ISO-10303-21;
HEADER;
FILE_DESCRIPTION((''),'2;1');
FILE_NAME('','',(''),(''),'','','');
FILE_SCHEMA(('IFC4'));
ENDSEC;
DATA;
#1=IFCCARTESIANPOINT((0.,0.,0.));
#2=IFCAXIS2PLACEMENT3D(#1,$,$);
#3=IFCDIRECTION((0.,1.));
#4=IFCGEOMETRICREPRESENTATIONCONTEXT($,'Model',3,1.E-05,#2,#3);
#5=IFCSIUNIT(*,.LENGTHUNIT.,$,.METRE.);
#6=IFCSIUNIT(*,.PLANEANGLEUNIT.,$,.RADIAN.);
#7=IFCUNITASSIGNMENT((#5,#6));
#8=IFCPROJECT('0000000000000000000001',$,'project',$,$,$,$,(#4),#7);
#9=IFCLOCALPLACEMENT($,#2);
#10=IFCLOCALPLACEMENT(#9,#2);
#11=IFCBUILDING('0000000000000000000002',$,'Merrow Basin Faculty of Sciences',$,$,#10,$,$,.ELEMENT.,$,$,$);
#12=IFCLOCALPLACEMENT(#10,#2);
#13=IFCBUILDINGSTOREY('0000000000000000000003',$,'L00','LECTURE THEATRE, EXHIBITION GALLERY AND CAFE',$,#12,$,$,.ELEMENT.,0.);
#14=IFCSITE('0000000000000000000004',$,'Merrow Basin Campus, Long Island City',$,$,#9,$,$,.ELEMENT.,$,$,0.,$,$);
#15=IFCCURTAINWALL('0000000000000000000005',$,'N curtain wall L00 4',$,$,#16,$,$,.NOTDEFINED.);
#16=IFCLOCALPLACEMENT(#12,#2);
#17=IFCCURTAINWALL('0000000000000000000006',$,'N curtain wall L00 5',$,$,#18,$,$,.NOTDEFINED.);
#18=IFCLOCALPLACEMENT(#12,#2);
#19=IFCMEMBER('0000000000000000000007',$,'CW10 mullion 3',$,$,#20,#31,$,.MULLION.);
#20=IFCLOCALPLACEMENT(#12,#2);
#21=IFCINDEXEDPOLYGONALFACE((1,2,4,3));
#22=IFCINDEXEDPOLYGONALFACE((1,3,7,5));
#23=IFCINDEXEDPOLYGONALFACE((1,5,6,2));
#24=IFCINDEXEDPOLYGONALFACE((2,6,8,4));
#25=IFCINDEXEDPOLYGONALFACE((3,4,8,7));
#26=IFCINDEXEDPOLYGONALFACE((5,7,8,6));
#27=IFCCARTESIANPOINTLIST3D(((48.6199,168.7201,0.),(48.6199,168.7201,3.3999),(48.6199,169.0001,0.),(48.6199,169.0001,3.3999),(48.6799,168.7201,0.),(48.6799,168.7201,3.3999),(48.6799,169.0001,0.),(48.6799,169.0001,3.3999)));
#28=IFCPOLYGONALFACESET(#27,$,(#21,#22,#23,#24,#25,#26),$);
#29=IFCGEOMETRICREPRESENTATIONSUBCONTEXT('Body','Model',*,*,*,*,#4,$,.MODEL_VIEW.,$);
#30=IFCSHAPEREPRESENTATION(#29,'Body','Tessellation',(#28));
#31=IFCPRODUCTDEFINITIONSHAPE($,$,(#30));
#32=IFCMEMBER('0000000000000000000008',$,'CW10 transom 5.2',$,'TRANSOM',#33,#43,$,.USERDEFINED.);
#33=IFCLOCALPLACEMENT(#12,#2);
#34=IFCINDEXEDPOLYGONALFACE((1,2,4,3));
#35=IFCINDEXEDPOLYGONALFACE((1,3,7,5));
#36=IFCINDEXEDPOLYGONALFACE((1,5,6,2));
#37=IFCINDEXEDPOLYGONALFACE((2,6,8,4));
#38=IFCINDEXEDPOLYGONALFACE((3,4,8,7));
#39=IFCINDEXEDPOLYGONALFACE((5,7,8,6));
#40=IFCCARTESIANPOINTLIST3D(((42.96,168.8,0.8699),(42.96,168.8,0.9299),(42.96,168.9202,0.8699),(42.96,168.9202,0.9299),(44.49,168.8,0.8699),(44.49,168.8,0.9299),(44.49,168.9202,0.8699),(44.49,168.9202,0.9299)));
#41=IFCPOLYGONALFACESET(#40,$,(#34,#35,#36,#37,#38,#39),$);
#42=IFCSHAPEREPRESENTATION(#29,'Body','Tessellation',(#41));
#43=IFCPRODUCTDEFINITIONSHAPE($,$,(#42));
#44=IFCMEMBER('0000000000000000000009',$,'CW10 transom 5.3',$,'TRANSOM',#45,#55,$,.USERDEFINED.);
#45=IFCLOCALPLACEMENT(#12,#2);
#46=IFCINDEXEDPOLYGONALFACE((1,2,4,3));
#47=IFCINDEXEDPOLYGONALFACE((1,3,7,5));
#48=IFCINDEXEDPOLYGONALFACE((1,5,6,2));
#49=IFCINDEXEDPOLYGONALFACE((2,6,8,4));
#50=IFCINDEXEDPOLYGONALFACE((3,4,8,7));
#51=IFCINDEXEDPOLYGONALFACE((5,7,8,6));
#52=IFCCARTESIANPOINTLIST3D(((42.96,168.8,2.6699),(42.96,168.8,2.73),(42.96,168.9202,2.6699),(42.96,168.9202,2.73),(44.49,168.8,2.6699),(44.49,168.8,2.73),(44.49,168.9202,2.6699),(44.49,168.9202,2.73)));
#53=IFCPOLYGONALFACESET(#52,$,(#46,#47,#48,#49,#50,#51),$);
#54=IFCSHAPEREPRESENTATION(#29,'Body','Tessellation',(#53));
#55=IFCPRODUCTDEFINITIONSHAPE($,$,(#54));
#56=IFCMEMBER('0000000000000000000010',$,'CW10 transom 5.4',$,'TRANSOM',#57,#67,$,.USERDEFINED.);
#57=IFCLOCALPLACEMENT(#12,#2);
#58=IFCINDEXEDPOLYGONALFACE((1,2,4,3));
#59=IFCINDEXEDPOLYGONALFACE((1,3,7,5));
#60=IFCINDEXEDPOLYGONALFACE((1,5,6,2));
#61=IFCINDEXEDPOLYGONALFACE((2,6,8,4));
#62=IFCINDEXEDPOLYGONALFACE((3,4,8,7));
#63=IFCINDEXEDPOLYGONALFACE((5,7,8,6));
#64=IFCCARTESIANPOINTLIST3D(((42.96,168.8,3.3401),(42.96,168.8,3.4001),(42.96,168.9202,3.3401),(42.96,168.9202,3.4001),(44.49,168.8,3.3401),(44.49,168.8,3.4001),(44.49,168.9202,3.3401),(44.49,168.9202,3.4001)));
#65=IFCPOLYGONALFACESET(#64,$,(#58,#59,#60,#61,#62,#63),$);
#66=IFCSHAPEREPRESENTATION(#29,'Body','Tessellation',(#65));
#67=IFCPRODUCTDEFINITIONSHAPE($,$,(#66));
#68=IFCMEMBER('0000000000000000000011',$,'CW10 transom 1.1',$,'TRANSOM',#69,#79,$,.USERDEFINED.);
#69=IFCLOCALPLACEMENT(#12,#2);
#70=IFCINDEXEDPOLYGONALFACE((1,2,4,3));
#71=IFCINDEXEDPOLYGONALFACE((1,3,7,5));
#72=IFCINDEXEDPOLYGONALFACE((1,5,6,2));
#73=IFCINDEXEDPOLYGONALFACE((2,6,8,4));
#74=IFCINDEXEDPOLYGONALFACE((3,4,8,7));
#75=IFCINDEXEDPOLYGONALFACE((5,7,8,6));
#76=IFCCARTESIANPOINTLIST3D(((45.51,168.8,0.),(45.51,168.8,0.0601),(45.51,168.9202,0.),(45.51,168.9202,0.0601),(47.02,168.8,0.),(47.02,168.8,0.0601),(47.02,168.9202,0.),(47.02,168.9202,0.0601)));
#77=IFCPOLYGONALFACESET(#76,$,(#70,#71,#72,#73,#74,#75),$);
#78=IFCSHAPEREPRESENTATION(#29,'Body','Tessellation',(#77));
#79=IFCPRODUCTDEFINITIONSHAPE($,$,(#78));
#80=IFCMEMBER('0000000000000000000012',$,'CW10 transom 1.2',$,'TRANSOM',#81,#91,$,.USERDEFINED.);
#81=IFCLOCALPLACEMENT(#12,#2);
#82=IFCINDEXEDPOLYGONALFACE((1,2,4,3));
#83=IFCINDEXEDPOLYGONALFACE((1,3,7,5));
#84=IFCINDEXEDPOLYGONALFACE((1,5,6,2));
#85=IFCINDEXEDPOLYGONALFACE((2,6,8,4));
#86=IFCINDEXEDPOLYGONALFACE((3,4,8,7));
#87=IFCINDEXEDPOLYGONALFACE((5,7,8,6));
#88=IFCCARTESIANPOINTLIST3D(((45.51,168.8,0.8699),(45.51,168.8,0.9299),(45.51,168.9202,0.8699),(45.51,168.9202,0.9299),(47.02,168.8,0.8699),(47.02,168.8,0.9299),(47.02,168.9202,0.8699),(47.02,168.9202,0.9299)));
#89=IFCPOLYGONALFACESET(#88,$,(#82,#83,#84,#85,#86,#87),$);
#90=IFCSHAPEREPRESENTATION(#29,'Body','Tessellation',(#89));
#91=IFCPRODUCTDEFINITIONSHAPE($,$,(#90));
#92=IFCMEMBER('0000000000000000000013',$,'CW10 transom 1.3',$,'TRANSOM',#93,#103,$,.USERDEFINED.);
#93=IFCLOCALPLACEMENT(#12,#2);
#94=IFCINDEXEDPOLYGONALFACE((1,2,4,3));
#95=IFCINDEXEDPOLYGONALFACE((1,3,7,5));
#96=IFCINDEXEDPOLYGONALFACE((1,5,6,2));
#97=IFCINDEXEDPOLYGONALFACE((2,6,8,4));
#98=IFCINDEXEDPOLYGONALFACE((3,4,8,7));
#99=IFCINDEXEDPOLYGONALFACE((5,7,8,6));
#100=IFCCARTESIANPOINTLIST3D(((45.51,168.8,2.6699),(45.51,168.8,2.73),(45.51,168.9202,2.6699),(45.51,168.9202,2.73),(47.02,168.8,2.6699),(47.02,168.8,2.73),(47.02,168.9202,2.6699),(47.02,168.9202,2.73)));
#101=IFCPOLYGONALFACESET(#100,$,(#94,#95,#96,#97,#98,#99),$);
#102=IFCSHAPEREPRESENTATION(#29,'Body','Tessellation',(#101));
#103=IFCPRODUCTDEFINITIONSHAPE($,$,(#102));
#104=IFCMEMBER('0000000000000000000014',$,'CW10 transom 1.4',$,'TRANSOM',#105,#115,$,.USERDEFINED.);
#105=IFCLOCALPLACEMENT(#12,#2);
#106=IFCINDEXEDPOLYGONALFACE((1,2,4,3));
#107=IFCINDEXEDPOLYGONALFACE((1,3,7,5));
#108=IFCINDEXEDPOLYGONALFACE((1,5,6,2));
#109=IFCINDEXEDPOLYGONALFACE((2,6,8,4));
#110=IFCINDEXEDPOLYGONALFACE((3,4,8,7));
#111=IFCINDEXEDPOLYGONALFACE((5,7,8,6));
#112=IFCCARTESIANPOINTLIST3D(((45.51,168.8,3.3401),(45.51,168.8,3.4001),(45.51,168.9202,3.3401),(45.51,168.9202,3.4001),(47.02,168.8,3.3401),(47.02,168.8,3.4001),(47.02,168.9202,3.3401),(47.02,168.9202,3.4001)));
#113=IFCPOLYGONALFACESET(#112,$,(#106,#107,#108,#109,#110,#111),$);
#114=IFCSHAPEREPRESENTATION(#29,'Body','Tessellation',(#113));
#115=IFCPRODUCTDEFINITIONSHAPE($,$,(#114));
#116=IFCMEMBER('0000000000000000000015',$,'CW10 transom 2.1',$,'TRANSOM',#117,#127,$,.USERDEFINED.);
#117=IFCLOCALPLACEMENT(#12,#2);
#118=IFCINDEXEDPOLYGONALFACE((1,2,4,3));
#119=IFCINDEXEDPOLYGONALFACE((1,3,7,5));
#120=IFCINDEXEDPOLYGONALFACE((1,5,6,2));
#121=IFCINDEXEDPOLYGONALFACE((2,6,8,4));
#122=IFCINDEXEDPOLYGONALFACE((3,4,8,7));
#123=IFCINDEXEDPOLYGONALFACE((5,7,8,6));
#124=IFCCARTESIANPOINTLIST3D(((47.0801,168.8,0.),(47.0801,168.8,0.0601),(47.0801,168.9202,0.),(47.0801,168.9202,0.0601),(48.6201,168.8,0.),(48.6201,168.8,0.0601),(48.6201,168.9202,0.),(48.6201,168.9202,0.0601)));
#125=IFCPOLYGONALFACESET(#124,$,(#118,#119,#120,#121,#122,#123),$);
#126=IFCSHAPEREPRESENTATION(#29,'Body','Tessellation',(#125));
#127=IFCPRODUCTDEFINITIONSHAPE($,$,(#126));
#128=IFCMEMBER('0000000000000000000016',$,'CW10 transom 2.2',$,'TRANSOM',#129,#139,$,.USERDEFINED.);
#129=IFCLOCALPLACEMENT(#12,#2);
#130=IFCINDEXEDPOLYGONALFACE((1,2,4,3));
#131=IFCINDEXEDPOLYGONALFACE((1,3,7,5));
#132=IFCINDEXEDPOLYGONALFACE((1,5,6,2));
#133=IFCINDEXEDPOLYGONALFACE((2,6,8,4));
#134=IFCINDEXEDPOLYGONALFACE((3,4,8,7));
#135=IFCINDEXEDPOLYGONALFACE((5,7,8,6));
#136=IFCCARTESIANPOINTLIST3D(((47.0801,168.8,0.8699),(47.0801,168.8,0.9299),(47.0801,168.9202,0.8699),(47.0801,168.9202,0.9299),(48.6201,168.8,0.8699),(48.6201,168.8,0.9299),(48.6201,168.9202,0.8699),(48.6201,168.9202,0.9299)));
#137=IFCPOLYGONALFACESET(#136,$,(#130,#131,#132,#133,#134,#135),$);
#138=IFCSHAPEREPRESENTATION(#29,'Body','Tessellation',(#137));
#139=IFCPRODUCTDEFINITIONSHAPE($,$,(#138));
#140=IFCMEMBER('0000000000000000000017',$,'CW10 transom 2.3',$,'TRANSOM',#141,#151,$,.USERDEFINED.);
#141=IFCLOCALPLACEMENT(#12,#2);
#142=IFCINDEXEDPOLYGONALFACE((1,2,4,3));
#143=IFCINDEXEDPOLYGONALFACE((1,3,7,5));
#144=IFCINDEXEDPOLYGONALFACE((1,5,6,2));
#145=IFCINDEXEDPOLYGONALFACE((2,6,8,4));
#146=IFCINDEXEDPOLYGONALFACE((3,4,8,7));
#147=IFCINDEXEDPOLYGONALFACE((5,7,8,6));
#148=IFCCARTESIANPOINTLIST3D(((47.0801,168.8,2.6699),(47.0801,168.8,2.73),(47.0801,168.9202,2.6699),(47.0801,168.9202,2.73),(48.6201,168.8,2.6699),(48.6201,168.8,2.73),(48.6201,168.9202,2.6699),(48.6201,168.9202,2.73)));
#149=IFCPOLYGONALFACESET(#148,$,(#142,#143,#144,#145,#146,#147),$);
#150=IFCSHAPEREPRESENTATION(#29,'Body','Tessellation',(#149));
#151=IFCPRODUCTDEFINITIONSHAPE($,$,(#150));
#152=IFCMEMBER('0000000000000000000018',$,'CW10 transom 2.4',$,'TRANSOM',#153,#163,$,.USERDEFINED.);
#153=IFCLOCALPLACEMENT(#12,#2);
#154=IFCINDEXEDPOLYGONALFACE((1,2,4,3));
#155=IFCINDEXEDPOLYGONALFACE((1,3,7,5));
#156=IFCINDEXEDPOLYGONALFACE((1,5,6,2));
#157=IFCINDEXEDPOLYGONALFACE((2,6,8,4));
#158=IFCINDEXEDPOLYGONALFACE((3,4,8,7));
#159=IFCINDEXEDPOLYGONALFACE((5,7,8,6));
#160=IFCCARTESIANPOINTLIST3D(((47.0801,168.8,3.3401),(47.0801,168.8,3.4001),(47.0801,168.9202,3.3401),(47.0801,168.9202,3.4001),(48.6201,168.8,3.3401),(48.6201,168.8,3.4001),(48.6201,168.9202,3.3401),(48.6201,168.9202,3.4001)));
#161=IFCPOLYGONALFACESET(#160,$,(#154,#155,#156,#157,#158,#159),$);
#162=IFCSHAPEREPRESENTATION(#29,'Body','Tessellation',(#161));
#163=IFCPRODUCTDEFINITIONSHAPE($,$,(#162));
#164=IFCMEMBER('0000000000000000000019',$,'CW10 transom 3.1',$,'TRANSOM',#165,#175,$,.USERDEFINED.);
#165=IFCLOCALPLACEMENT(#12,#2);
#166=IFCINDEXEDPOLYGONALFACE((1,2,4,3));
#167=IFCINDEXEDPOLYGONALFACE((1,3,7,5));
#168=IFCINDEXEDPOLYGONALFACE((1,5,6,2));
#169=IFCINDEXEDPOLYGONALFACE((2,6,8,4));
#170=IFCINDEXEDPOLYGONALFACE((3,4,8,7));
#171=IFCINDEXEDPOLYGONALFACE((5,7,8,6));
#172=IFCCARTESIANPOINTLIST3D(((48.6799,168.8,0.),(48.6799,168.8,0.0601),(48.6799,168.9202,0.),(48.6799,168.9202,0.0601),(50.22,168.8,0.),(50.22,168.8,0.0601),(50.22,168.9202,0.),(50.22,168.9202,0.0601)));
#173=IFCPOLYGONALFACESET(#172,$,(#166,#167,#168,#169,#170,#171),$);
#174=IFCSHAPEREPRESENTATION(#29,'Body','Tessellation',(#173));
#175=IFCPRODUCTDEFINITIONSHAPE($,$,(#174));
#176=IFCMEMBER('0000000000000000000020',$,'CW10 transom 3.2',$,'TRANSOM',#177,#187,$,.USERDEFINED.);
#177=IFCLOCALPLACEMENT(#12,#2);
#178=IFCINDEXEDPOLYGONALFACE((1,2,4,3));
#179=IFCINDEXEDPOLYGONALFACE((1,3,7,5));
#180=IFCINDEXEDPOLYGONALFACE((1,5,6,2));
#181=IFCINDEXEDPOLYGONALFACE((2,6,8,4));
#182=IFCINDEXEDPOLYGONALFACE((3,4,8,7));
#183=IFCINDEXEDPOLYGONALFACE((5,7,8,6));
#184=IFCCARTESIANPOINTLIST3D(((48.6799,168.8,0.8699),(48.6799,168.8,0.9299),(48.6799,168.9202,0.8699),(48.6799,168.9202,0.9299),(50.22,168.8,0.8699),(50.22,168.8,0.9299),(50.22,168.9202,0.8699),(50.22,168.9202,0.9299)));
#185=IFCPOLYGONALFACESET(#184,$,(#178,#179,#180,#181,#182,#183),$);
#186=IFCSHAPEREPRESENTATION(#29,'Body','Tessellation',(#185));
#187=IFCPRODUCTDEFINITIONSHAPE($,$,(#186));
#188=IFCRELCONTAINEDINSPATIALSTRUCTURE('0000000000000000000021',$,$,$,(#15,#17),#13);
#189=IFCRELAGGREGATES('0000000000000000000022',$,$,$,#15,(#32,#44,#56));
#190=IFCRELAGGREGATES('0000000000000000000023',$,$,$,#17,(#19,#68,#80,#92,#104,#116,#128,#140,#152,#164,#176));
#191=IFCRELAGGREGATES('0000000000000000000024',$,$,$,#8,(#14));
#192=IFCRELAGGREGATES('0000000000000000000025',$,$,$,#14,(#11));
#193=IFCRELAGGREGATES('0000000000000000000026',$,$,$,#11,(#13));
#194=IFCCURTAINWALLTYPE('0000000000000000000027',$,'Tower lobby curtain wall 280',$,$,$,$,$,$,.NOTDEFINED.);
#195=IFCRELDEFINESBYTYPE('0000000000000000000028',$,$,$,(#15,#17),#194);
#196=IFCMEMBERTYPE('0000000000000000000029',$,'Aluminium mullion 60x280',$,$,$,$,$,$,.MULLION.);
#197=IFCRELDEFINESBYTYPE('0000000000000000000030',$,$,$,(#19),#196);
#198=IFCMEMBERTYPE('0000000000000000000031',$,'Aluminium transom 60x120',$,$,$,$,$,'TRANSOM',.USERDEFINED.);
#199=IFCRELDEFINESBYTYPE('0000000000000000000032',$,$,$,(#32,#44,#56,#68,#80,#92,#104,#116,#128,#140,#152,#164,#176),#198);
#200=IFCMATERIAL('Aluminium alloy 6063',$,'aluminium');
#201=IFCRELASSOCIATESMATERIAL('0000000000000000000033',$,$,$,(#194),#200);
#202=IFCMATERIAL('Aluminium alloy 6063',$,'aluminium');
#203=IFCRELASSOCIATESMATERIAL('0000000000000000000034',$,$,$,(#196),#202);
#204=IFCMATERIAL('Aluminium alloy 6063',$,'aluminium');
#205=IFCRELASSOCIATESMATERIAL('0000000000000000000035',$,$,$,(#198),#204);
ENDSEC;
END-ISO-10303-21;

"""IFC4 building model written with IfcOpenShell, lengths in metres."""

from ifc_helpers import new_model, si_unit, direction, frame, origin, origin_2d, place, context, subcontext, project, spatial, rectangle, extrude, material, material_profile, profile_set, type_object, element, aggregate, save


model = new_model("IFC4")

# Units and contexts
model_context = context("Model", 3, precision=1e-05, world=origin(), true_north=direction((0.0, 1.0)))
body_context = subcontext(model_context, "Body", "Model", "MODEL_VIEW")
ifc_project = project(units=[si_unit("LENGTHUNIT", "METRE"), si_unit("PLANEANGLEUNIT", "RADIAN")], contexts=[model_context])

# Site, building, storey
site_placement = place(None, origin())
site = spatial("IfcSite", under=ifc_project, at=site_placement, Name="Merrow Basin Campus, Long Island City", CompositionType="ELEMENT", RefElevation=0.0)
building_placement = place(site_placement, origin())
building = spatial("IfcBuilding", under=site, at=building_placement, Name="Merrow Basin Faculty of Sciences", CompositionType="ELEMENT")
storey_placement = place(building_placement, origin())
storey = spatial("IfcBuildingStorey", under=building, at=storey_placement, Name="L00", Description="LECTURE THEATRE, EXHIBITION GALLERY AND CAFE", CompositionType="ELEMENT", Elevation=0.0)

# Curtain wall
ifc_material_1 = material(Name="Aluminium alloy 6063", Category="aluminium")
curtain_wall_type = type_object("IfcCurtainWallType", Name="Tower lobby curtain wall 280", PredefinedType="NOTDEFINED", material=ifc_material_1)
curtain_wall_1_placement = place(storey_placement, origin())
curtain_wall_1 = element("IfcCurtainWall", 1, at=curtain_wall_1_placement, inside=storey, type_object=curtain_wall_type, Name="N curtain wall L00 4", PredefinedType="NOTDEFINED")
ifc_material_2 = material(Name="Aluminium alloy 6063", Category="aluminium")
ifc_material_profile_1 = material_profile(ifc_material_2, rectangle(XDim=0.28, YDim=0.0601, at=origin_2d()))
ifc_profile_set_1 = profile_set([ifc_material_profile_1], Name="Aluminium alloy 6063")
member_type_1 = type_object("IfcMemberType", Name="Aluminium mullion 60x280", PredefinedType="MULLION", material=ifc_profile_set_1)

# Curtain wall, member
curtain_wall_2_placement = place(storey_placement, origin())
curtain_wall_2 = element("IfcCurtainWall", 2, at=curtain_wall_2_placement, inside=storey, type_object=curtain_wall_type, Name="N curtain wall L00 5", PredefinedType="NOTDEFINED")
member_1_placement = place(storey_placement, frame((48.6499, 168.8601, 0.0), z_axis=(0.0, 0.0, 1.0), x_axis=(0.0, 1.0, 0.0)))
member_1 = element("IfcMember", 3, at=member_1_placement, type_object=member_type_1, Name="CW10 mullion 3", PredefinedType="MULLION", context=body_context, shape_type="SweptSolid", body=[
    extrude(rectangle(XDim=0.28, YDim=0.0601, at=origin_2d()), origin(), (0.0, 0.0, 1.0), 3.3999),
])

# Members
ifc_material_3 = material(Name="Aluminium alloy 6063", Category="aluminium")
ifc_material_profile_2 = material_profile(ifc_material_3, rectangle(XDim=0.1201, YDim=0.0601, at=origin_2d()))
ifc_profile_set_2 = profile_set([ifc_material_profile_2], Name="Aluminium alloy 6063")
member_type_2 = type_object("IfcMemberType", Name="Aluminium transom 60x120", ElementType="TRANSOM", PredefinedType="USERDEFINED", material=ifc_profile_set_2)
member_2_placement = place(storey_placement, frame((42.96, 168.8601, 0.8999), z_axis=(1.0, 0.0, 0.0), x_axis=(0.0, 1.0, 0.0)))
member_2 = element("IfcMember", 4, at=member_2_placement, type_object=member_type_2, Name="CW10 transom 5.2", ObjectType="TRANSOM", PredefinedType="USERDEFINED", context=body_context, shape_type="SweptSolid", body=[
    extrude(rectangle(XDim=0.1201, YDim=0.0601, at=origin_2d()), origin(), (0.0, 0.0, 1.0), 1.53),
])
member_3_placement = place(storey_placement, frame((42.96, 168.8601, 2.7), z_axis=(1.0, 0.0, 0.0), x_axis=(0.0, 1.0, 0.0)))
member_3 = element("IfcMember", 5, at=member_3_placement, type_object=member_type_2, Name="CW10 transom 5.3", ObjectType="TRANSOM", PredefinedType="USERDEFINED", context=body_context, shape_type="SweptSolid", body=[
    extrude(rectangle(XDim=0.1201, YDim=0.0601, at=origin_2d()), origin(), (0.0, 0.0, 1.0), 1.53),
])
member_4_placement = place(storey_placement, frame((42.96, 168.8601, 3.3701), z_axis=(1.0, 0.0, 0.0), x_axis=(0.0, 1.0, 0.0)))
member_4 = element("IfcMember", 6, at=member_4_placement, type_object=member_type_2, Name="CW10 transom 5.4", ObjectType="TRANSOM", PredefinedType="USERDEFINED", context=body_context, shape_type="SweptSolid", body=[
    extrude(rectangle(XDim=0.1201, YDim=0.0601, at=origin_2d()), origin(), (0.0, 0.0, 1.0), 1.53),
])
member_5_placement = place(storey_placement, frame((45.51, 168.8601, 0.03), z_axis=(1.0, 0.0, 0.0), x_axis=(0.0, 1.0, 0.0)))
member_5 = element("IfcMember", 7, at=member_5_placement, type_object=member_type_2, Name="CW10 transom 1.1", ObjectType="TRANSOM", PredefinedType="USERDEFINED", context=body_context, shape_type="SweptSolid", body=[
    extrude(rectangle(XDim=0.1201, YDim=0.0601, at=origin_2d()), origin(), (0.0, 0.0, 1.0), 1.51),
])
member_6_placement = place(storey_placement, frame((45.51, 168.8601, 0.8999), z_axis=(1.0, 0.0, 0.0), x_axis=(0.0, 1.0, 0.0)))
member_6 = element("IfcMember", 8, at=member_6_placement, type_object=member_type_2, Name="CW10 transom 1.2", ObjectType="TRANSOM", PredefinedType="USERDEFINED", context=body_context, shape_type="SweptSolid", body=[
    extrude(rectangle(XDim=0.1201, YDim=0.0601, at=origin_2d()), origin(), (0.0, 0.0, 1.0), 1.51),
])
member_7_placement = place(storey_placement, frame((45.51, 168.8601, 2.7), z_axis=(1.0, 0.0, 0.0), x_axis=(0.0, 1.0, 0.0)))
member_7 = element("IfcMember", 9, at=member_7_placement, type_object=member_type_2, Name="CW10 transom 1.3", ObjectType="TRANSOM", PredefinedType="USERDEFINED", context=body_context, shape_type="SweptSolid", body=[
    extrude(rectangle(XDim=0.1201, YDim=0.0601, at=origin_2d()), origin(), (0.0, 0.0, 1.0), 1.51),
])
member_8_placement = place(storey_placement, frame((45.51, 168.8601, 3.3701), z_axis=(1.0, 0.0, 0.0), x_axis=(0.0, 1.0, 0.0)))
member_8 = element("IfcMember", 10, at=member_8_placement, type_object=member_type_2, Name="CW10 transom 1.4", ObjectType="TRANSOM", PredefinedType="USERDEFINED", context=body_context, shape_type="SweptSolid", body=[
    extrude(rectangle(XDim=0.1201, YDim=0.0601, at=origin_2d()), origin(), (0.0, 0.0, 1.0), 1.51),
])
member_9_placement = place(storey_placement, frame((47.0801, 168.8601, 0.03), z_axis=(1.0, 0.0, 0.0), x_axis=(0.0, 1.0, 0.0)))
member_9 = element("IfcMember", 11, at=member_9_placement, type_object=member_type_2, Name="CW10 transom 2.1", ObjectType="TRANSOM", PredefinedType="USERDEFINED", context=body_context, shape_type="SweptSolid", body=[
    extrude(rectangle(XDim=0.1201, YDim=0.0601, at=origin_2d()), origin(), (0.0, 0.0, 1.0), 1.54),
])
member_10_placement = place(storey_placement, frame((47.0801, 168.8601, 0.8999), z_axis=(1.0, 0.0, 0.0), x_axis=(0.0, 1.0, 0.0)))
member_10 = element("IfcMember", 12, at=member_10_placement, type_object=member_type_2, Name="CW10 transom 2.2", ObjectType="TRANSOM", PredefinedType="USERDEFINED", context=body_context, shape_type="SweptSolid", body=[
    extrude(rectangle(XDim=0.1201, YDim=0.0601, at=origin_2d()), origin(), (0.0, 0.0, 1.0), 1.54),
])
member_11_placement = place(storey_placement, frame((47.0801, 168.8601, 2.7), z_axis=(1.0, 0.0, 0.0), x_axis=(0.0, 1.0, 0.0)))
member_11 = element("IfcMember", 13, at=member_11_placement, type_object=member_type_2, Name="CW10 transom 2.3", ObjectType="TRANSOM", PredefinedType="USERDEFINED", context=body_context, shape_type="SweptSolid", body=[
    extrude(rectangle(XDim=0.1201, YDim=0.0601, at=origin_2d()), origin(), (0.0, 0.0, 1.0), 1.54),
])
member_12_placement = place(storey_placement, frame((47.0801, 168.8601, 3.3701), z_axis=(1.0, 0.0, 0.0), x_axis=(0.0, 1.0, 0.0)))
member_12 = element("IfcMember", 14, at=member_12_placement, type_object=member_type_2, Name="CW10 transom 2.4", ObjectType="TRANSOM", PredefinedType="USERDEFINED", context=body_context, shape_type="SweptSolid", body=[
    extrude(rectangle(XDim=0.1201, YDim=0.0601, at=origin_2d()), origin(), (0.0, 0.0, 1.0), 1.54),
])
member_13_placement = place(storey_placement, frame((48.6799, 168.8601, 0.03), z_axis=(1.0, 0.0, 0.0), x_axis=(0.0, 1.0, 0.0)))
member_13 = element("IfcMember", 15, at=member_13_placement, type_object=member_type_2, Name="CW10 transom 3.1", ObjectType="TRANSOM", PredefinedType="USERDEFINED", context=body_context, shape_type="SweptSolid", body=[
    extrude(rectangle(XDim=0.1201, YDim=0.0601, at=origin_2d()), origin(), (0.0, 0.0, 1.0), 1.54),
])
member_14_placement = place(storey_placement, frame((48.6799, 168.8601, 0.8999), z_axis=(1.0, 0.0, 0.0), x_axis=(0.0, 1.0, 0.0)))
member_14 = element("IfcMember", 16, at=member_14_placement, type_object=member_type_2, Name="CW10 transom 3.2", ObjectType="TRANSOM", PredefinedType="USERDEFINED", context=body_context, shape_type="SweptSolid", body=[
    extrude(rectangle(XDim=0.1201, YDim=0.0601, at=origin_2d()), origin(), (0.0, 0.0, 1.0), 1.54),
])

aggregate(curtain_wall_1, [member_2, member_3, member_4])
aggregate(curtain_wall_2, [member_1, member_5, member_6, member_7, member_8, member_9, member_10, member_11, member_12, member_13, member_14])

save(model, "model.ifc")
